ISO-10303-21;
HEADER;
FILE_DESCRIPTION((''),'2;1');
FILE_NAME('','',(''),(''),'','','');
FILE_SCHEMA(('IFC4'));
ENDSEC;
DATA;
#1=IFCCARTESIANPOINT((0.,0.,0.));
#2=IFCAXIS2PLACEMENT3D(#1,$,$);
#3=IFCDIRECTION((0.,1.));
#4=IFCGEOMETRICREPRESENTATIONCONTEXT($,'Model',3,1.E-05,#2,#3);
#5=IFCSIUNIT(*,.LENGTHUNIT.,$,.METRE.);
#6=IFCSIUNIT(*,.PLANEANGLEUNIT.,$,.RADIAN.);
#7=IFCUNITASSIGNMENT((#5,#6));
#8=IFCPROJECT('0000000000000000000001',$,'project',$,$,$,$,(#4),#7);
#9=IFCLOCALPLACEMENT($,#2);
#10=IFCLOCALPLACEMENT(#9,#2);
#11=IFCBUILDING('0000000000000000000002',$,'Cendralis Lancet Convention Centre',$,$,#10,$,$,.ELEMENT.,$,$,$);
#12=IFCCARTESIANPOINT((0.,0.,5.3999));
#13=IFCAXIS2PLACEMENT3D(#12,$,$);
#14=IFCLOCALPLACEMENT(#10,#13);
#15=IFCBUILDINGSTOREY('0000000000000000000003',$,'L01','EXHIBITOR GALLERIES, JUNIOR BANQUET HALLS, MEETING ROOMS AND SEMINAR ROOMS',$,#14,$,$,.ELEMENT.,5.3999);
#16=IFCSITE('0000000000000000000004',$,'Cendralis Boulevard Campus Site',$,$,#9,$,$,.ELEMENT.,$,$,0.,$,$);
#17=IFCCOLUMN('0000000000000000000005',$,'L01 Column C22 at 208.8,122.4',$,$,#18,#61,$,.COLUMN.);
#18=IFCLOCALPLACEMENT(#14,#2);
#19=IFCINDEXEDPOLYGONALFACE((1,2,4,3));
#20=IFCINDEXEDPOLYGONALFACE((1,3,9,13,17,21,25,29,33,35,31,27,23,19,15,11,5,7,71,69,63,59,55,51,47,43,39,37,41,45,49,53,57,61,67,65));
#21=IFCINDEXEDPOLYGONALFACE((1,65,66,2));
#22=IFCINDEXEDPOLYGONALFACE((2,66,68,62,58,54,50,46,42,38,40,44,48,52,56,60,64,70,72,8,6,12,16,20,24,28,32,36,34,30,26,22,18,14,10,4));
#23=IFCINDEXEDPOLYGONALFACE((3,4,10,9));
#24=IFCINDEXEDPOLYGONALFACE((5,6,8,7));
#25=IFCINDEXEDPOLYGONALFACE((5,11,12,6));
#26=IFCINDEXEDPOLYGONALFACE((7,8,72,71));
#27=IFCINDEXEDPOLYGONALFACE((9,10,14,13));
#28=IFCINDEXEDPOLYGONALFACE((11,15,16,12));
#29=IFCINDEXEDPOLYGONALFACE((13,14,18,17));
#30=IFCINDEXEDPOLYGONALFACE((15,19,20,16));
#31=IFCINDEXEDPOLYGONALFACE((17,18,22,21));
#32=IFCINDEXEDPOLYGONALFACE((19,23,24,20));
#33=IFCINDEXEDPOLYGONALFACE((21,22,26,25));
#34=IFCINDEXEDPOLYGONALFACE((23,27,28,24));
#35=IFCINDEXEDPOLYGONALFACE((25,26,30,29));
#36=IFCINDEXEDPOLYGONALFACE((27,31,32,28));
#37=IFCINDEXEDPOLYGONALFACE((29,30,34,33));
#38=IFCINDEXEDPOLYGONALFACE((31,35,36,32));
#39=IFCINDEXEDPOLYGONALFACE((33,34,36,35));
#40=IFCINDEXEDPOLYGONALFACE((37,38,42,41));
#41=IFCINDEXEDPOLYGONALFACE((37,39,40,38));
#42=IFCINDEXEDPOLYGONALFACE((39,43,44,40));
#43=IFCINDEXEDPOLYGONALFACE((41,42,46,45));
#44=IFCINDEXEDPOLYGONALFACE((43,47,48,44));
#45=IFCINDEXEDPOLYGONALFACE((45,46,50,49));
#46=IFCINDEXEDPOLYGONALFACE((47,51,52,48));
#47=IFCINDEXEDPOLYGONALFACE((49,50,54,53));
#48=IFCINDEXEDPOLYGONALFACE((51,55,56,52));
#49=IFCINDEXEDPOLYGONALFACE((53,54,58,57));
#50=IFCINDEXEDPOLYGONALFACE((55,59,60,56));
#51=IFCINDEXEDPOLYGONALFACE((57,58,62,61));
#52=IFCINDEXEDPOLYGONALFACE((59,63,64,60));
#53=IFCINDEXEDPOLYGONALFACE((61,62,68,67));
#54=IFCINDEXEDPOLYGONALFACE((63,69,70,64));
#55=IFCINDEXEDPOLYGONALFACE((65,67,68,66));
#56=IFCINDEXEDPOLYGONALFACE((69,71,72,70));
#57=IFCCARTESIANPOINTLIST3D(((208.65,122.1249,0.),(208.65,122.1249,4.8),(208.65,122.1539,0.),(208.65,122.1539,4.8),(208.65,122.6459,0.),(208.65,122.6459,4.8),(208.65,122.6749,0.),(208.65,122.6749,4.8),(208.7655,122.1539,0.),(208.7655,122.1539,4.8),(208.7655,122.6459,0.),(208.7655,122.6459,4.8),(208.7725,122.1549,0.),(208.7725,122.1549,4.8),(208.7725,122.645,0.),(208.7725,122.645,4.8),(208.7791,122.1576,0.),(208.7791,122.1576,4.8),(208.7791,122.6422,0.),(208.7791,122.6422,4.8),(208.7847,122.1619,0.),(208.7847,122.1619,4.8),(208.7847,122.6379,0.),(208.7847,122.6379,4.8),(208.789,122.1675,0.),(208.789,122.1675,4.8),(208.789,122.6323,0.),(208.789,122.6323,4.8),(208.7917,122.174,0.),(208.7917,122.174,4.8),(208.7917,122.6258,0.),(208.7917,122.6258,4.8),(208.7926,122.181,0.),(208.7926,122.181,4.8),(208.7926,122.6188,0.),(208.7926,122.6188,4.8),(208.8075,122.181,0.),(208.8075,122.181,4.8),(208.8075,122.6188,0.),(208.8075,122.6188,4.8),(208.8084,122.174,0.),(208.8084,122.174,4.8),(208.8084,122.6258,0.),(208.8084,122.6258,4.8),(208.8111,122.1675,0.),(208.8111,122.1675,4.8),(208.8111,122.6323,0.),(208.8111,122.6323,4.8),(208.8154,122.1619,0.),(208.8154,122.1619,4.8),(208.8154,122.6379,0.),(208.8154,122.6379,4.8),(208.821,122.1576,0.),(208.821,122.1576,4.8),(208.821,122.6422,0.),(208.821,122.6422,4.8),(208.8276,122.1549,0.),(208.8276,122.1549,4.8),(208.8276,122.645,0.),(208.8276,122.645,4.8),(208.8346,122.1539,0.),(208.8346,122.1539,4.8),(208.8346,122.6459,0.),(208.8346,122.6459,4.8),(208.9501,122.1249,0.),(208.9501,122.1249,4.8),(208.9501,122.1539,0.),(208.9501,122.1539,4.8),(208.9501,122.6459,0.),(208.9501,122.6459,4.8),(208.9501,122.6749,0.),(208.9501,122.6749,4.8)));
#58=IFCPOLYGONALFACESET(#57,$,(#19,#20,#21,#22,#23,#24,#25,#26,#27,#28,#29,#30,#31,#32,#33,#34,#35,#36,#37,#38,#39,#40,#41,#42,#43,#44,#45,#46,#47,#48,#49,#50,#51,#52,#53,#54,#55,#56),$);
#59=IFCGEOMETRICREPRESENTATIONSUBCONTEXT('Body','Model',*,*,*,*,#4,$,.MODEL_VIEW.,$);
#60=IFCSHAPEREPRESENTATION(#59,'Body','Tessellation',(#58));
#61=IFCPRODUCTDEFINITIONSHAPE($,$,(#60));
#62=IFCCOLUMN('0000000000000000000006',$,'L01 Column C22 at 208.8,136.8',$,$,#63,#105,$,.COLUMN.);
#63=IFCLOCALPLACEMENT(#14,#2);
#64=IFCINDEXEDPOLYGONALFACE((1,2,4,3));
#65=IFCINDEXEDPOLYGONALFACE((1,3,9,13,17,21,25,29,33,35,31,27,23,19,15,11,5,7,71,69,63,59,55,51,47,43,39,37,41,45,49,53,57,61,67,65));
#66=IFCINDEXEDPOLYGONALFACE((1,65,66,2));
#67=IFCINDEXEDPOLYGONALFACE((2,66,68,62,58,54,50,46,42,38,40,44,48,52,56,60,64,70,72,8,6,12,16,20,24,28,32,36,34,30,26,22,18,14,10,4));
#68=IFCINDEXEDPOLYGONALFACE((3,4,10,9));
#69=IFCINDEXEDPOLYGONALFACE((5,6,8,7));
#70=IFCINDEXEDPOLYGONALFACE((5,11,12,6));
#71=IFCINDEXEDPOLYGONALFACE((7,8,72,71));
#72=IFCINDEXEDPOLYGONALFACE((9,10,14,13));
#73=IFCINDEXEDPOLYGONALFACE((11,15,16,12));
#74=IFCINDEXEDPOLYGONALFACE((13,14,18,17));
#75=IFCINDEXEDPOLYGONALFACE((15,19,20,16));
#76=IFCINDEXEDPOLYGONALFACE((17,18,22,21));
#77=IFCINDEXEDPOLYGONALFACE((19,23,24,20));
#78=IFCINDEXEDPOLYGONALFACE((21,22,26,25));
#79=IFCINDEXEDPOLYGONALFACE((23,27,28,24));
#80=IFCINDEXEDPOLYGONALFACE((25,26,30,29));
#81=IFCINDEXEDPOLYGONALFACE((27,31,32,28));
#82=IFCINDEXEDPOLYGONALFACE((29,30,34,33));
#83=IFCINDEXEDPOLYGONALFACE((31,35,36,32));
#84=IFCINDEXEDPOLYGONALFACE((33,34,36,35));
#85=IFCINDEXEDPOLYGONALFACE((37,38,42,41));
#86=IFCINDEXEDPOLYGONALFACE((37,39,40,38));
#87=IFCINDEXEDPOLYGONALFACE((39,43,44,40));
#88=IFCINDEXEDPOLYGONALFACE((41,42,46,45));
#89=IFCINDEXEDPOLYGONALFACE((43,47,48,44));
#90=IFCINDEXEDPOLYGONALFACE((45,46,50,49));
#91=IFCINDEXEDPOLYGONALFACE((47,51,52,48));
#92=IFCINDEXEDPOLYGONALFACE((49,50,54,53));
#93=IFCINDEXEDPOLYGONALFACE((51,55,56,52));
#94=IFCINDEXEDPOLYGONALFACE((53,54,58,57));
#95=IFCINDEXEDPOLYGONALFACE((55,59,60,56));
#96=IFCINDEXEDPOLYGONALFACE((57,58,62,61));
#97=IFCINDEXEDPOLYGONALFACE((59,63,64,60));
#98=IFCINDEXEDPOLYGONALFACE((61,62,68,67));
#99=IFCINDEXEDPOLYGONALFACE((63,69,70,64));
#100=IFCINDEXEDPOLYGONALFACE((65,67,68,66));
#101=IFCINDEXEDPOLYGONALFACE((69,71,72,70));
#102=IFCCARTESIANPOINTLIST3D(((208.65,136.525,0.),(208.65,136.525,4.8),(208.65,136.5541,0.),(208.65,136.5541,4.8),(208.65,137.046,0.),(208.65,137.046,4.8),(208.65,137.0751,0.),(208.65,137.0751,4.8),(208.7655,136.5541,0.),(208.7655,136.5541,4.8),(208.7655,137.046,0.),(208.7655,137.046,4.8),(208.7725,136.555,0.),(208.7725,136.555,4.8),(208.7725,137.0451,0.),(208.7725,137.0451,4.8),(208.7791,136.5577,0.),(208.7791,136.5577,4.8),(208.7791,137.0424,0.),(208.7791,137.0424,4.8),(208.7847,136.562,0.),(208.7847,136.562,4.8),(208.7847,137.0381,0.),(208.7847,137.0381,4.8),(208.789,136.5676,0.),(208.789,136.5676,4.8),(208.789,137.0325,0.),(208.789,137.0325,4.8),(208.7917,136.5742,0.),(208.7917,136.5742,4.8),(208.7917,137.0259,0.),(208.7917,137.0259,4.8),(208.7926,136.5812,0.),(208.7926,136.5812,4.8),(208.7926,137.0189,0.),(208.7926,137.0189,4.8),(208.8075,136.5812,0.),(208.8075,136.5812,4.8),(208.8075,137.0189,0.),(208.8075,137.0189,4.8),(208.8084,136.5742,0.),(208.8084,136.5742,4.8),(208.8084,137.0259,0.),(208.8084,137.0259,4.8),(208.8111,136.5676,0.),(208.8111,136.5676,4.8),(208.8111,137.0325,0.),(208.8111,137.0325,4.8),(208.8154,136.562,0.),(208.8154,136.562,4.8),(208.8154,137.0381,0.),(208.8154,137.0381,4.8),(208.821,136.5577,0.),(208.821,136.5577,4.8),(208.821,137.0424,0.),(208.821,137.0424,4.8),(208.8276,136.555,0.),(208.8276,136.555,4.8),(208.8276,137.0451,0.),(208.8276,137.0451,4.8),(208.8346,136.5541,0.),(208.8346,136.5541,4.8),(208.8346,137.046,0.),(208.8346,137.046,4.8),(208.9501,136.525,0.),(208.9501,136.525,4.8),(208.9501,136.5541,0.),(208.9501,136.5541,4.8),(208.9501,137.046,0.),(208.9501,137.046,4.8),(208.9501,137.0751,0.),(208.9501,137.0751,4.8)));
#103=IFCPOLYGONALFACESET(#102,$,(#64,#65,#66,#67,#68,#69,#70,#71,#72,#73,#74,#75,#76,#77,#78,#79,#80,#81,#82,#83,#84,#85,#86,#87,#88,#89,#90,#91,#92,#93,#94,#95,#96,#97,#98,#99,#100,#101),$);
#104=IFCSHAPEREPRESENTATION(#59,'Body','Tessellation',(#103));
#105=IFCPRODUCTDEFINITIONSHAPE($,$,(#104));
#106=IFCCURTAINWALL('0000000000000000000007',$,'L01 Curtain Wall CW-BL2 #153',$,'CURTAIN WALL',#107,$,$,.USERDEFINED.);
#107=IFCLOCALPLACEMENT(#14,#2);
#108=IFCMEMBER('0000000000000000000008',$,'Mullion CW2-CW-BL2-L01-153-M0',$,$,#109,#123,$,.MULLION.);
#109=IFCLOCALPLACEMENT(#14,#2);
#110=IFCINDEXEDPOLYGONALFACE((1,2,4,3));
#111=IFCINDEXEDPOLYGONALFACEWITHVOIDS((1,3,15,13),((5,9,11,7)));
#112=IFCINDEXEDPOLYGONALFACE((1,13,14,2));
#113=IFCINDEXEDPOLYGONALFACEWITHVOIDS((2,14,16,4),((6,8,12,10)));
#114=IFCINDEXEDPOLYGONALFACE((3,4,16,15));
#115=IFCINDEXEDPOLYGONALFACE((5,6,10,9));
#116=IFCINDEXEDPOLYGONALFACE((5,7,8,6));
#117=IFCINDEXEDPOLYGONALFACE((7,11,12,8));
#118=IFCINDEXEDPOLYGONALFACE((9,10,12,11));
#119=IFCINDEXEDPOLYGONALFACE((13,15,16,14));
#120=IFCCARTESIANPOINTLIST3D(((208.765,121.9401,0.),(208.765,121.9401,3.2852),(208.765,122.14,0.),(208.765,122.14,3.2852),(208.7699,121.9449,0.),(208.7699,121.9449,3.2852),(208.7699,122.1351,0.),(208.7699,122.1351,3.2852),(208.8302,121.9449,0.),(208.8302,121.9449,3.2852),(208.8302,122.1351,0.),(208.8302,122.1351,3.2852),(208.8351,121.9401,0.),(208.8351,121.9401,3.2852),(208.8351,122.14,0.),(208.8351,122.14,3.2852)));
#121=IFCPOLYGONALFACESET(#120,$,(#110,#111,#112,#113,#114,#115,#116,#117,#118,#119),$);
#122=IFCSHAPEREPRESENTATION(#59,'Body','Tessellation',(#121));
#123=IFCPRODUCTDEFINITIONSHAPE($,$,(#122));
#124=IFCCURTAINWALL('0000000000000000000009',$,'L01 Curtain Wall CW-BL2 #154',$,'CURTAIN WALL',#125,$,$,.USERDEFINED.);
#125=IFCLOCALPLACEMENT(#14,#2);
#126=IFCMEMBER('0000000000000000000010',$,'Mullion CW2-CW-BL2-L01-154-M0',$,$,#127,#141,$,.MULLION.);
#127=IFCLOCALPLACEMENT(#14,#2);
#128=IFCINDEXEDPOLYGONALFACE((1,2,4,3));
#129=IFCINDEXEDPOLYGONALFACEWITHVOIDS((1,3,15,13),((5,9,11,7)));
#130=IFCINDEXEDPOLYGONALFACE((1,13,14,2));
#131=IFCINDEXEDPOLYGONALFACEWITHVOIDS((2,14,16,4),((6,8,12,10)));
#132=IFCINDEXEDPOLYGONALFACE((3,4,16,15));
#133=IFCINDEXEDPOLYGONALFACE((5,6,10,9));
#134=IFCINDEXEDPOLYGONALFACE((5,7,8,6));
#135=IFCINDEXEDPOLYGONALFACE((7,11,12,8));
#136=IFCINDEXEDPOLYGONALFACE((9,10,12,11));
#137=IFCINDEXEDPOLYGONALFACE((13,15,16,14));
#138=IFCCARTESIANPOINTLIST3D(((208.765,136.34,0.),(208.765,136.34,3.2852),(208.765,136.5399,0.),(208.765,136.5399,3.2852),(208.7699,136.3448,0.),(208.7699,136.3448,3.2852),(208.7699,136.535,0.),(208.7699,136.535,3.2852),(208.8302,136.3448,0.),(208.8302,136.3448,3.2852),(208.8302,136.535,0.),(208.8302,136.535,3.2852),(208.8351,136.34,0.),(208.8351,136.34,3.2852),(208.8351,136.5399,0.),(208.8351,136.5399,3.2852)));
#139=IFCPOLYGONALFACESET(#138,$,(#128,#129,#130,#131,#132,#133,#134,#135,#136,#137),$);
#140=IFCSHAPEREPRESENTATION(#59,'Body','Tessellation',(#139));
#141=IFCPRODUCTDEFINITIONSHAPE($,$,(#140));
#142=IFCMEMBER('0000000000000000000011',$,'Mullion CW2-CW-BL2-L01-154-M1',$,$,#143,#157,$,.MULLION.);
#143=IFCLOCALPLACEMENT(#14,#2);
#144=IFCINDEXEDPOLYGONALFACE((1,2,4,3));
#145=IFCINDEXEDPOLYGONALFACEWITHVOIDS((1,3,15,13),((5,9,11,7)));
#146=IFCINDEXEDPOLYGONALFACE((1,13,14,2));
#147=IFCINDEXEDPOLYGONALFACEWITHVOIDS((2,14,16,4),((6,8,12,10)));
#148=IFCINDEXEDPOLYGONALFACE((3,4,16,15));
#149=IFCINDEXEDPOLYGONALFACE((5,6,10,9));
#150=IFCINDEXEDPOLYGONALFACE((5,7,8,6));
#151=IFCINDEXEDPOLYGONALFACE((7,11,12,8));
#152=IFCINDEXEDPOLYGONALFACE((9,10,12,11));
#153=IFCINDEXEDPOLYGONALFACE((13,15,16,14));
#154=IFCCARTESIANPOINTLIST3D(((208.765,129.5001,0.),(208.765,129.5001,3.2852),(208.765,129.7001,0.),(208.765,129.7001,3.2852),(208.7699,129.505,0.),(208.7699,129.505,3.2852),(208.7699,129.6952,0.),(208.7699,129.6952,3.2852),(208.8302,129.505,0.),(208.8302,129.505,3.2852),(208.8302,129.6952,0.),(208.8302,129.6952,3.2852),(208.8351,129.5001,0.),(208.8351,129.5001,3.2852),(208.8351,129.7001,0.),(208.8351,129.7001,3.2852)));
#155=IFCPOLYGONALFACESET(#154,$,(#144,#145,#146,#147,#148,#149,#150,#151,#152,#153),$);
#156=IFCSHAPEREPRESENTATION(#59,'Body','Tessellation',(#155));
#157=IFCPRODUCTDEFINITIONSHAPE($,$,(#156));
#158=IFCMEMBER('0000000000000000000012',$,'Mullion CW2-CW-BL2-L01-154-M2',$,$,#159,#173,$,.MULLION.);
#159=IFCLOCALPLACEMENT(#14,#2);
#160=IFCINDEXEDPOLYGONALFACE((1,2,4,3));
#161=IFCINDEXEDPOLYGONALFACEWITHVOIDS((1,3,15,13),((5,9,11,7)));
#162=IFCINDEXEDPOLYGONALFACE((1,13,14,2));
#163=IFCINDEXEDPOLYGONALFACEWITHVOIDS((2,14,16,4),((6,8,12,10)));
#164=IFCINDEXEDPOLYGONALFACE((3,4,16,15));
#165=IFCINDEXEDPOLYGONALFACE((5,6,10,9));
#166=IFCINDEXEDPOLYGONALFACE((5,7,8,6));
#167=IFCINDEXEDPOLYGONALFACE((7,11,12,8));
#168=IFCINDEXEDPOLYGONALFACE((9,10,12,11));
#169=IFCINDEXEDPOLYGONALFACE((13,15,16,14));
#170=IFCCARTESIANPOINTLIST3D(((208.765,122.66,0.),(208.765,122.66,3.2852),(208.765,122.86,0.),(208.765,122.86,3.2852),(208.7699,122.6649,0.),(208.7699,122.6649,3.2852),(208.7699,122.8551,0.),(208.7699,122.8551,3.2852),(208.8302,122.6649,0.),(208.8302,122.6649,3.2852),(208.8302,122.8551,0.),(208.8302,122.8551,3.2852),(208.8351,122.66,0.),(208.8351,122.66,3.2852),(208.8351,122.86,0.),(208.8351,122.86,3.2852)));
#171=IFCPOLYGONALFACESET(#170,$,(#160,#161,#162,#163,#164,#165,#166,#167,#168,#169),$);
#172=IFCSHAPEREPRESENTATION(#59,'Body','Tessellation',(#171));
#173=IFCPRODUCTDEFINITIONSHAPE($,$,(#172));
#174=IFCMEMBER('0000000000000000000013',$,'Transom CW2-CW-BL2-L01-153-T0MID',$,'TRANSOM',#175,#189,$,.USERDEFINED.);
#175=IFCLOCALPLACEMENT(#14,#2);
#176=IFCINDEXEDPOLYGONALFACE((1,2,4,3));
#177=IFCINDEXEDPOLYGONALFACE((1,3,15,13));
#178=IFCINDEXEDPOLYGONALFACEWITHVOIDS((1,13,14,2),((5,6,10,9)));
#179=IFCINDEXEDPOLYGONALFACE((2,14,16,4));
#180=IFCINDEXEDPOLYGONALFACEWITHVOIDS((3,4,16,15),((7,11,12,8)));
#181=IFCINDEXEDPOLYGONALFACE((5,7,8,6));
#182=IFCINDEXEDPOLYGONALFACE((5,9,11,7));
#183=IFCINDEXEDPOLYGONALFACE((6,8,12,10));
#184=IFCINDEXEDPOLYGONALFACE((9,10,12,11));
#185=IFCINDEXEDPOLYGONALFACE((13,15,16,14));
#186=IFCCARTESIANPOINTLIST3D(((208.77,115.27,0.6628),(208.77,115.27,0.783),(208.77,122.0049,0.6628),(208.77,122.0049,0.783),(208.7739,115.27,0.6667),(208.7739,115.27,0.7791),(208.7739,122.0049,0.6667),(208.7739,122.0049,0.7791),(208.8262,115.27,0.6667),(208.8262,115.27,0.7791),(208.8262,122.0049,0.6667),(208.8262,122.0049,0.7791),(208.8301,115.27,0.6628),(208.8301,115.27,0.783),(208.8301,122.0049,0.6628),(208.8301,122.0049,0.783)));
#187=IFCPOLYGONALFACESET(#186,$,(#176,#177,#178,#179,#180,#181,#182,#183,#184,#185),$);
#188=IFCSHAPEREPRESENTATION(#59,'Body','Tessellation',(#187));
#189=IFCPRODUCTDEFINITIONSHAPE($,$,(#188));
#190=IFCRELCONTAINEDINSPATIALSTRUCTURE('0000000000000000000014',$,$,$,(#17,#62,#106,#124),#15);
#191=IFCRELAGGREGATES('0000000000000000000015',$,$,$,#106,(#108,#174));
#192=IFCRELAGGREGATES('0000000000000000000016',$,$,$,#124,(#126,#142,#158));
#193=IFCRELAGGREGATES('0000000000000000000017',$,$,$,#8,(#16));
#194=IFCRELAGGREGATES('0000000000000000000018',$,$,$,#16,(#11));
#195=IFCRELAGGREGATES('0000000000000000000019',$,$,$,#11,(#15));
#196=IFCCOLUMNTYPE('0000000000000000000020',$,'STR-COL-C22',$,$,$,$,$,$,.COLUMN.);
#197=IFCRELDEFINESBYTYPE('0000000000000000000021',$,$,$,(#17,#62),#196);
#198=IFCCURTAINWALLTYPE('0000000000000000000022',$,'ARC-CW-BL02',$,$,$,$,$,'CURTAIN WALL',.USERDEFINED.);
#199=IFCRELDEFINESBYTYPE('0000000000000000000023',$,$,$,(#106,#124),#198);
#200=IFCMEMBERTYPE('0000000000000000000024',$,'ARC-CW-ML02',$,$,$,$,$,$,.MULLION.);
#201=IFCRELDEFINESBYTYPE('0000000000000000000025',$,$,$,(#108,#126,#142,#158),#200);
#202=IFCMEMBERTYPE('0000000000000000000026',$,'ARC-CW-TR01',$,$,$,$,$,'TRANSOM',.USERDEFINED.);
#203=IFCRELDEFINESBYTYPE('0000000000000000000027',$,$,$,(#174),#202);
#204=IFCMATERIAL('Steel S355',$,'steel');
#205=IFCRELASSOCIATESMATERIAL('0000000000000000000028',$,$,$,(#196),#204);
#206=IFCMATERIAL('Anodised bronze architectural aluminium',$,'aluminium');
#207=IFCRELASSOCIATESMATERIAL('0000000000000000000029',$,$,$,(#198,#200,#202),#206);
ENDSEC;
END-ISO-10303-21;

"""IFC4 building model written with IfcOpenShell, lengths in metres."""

from ifc_helpers import new_model, si_unit, direction, frame, origin, origin_2d, place, context, subcontext, project, spatial, hollow_rectangle, i_section, extrude, material, material_profile, profile_set, type_object, element, aggregate, save


model = new_model("IFC4")

# Units and contexts
model_context = context("Model", 3, precision=1e-05, world=origin(), true_north=direction((0.0, 1.0)))
body_context = subcontext(model_context, "Body", "Model", "MODEL_VIEW")
ifc_project = project(units=[si_unit("LENGTHUNIT", "METRE"), si_unit("PLANEANGLEUNIT", "RADIAN")], contexts=[model_context])

# Site, building, storey
site_placement = place(None, origin())
site = spatial("IfcSite", under=ifc_project, at=site_placement, Name="Cendralis Boulevard Campus Site", CompositionType="ELEMENT", RefElevation=0.0)
building_placement = place(site_placement, origin())
building = spatial("IfcBuilding", under=site, at=building_placement, Name="Cendralis Lancet Convention Centre", CompositionType="ELEMENT")
storey_placement = place(building_placement, frame((0.0, 0.0, 5.3999)))
storey = spatial("IfcBuildingStorey", under=building, at=storey_placement, Name="L01", Description="EXHIBITOR GALLERIES, JUNIOR BANQUET HALLS, MEETING ROOMS AND SEMINAR ROOMS", CompositionType="ELEMENT", Elevation=5.3999)

# Columns
ifc_material_1 = material(Name="Steel S355", Category="steel")
ifc_material_profile_1 = material_profile(ifc_material_1, i_section(OverallWidth=0.3, OverallDepth=0.55, WebThickness=0.0149, FlangeThickness=0.0291, FilletRadius=0.0271, at=origin_2d()), Name="HEB 550")
ifc_profile_set_1 = profile_set([ifc_material_profile_1], Name="Steel S355")
column_type = type_object("IfcColumnType", Name="STR-COL-C22", PredefinedType="COLUMN", material=ifc_profile_set_1)
for number, where, z_axis, x_axis, name in (
    (1, (208.8, 122.3999, 0.0), (0.0, 0.0, 1.0), (1.0, 0.0, 0.0), "L01 Column C22 at 208.8,122.4"),
    (2, (208.8, 136.8, 0.0), (0.0, 0.0, 1.0), (1.0, 0.0, 0.0), "L01 Column C22 at 208.8,136.8"),
):
    element("IfcColumn", number, at=place(storey_placement, frame(where, z_axis=z_axis, x_axis=x_axis)), inside=storey, type_object=column_type, Name=name, PredefinedType="COLUMN", context=body_context, shape_type="SweptSolid", body=[
        extrude(i_section(OverallWidth=0.3, OverallDepth=0.55, WebThickness=0.0149, FlangeThickness=0.0291, FilletRadius=0.0271, at=origin_2d()), origin(), (0.0, 0.0, 1.0), 4.8),
    ])

# Curtain wall, member
ifc_material_2 = material(Name="Anodised bronze architectural aluminium", Category="aluminium")
curtain_wall_type = type_object("IfcCurtainWallType", Name="ARC-CW-BL02", ElementType="CURTAIN WALL", PredefinedType="USERDEFINED", material=ifc_material_2)
curtain_wall_1_placement = place(storey_placement, origin())
curtain_wall_1 = element("IfcCurtainWall", 3, at=curtain_wall_1_placement, inside=storey, type_object=curtain_wall_type, Name="L01 Curtain Wall CW-BL2 #153", ObjectType="CURTAIN WALL", PredefinedType="USERDEFINED")
ifc_material_profile_2 = material_profile(ifc_material_2, hollow_rectangle(XDim=0.0701, YDim=0.2, WallThickness=0.0049, at=origin_2d()), Name="AL-MULL 70x200x5.0")
ifc_profile_set_2 = profile_set([ifc_material_profile_2], Name="Anodised bronze architectural aluminium")
member_type_1 = type_object("IfcMemberType", Name="ARC-CW-ML02", PredefinedType="MULLION", material=ifc_profile_set_2)
member_1_placement = place(storey_placement, frame((208.8, 122.04, 0.0), z_axis=(0.0, 0.0, 1.0), x_axis=(1.0, 0.0, 0.0)))
member_1 = element("IfcMember", 4, at=member_1_placement, type_object=member_type_1, Name="Mullion CW2-CW-BL2-L01-153-M0", PredefinedType="MULLION", context=body_context, shape_type="SweptSolid", body=[
    extrude(hollow_rectangle(XDim=0.0701, YDim=0.2, WallThickness=0.0049, at=origin_2d()), origin(), (0.0, 0.0, 1.0), 3.2852),
])

# Curtain wall, members
curtain_wall_2_placement = place(storey_placement, origin())
curtain_wall_2 = element("IfcCurtainWall", 5, at=curtain_wall_2_placement, inside=storey, type_object=curtain_wall_type, Name="L01 Curtain Wall CW-BL2 #154", ObjectType="CURTAIN WALL", PredefinedType="USERDEFINED")
member_2_placement = place(storey_placement, frame((208.8, 136.4399, 0.0), z_axis=(0.0, 0.0, 1.0), x_axis=(1.0, 0.0, 0.0)))
member_2 = element("IfcMember", 6, at=member_2_placement, type_object=member_type_1, Name="Mullion CW2-CW-BL2-L01-154-M0", PredefinedType="MULLION", context=body_context, shape_type="SweptSolid", body=[
    extrude(hollow_rectangle(XDim=0.0701, YDim=0.2, WallThickness=0.0049, at=origin_2d()), origin(), (0.0, 0.0, 1.0), 3.2852),
])
member_3_placement = place(storey_placement, frame((208.8, 129.6001, 0.0), z_axis=(0.0, 0.0, 1.0), x_axis=(1.0, 0.0, 0.0)))
member_3 = element("IfcMember", 7, at=member_3_placement, type_object=member_type_1, Name="Mullion CW2-CW-BL2-L01-154-M1", PredefinedType="MULLION", context=body_context, shape_type="SweptSolid", body=[
    extrude(hollow_rectangle(XDim=0.0701, YDim=0.2, WallThickness=0.0049, at=origin_2d()), origin(), (0.0, 0.0, 1.0), 3.2852),
])
member_4_placement = place(storey_placement, frame((208.8, 122.76, 0.0), z_axis=(0.0, 0.0, 1.0), x_axis=(1.0, 0.0, 0.0)))
member_4 = element("IfcMember", 8, at=member_4_placement, type_object=member_type_1, Name="Mullion CW2-CW-BL2-L01-154-M2", PredefinedType="MULLION", context=body_context, shape_type="SweptSolid", body=[
    extrude(hollow_rectangle(XDim=0.0701, YDim=0.2, WallThickness=0.0049, at=origin_2d()), origin(), (0.0, 0.0, 1.0), 3.2852),
])

# Member
ifc_material_profile_3 = material_profile(ifc_material_2, hollow_rectangle(XDim=0.0601, YDim=0.1201, WallThickness=0.0039, at=origin_2d()), Name="AL-TRAN 60x120x4.0")
ifc_profile_set_3 = profile_set([ifc_material_profile_3], Name="Anodised bronze architectural aluminium")
member_type_2 = type_object("IfcMemberType", Name="ARC-CW-TR01", ElementType="TRANSOM", PredefinedType="USERDEFINED", material=ifc_profile_set_3)
member_5_placement = place(storey_placement, frame((208.8, 122.0049, 0.7229), z_axis=(0.0, -1.0, 0.0), x_axis=(1.0, 0.0, 0.0)))
member_5 = element("IfcMember", 9, at=member_5_placement, type_object=member_type_2, Name="Transom CW2-CW-BL2-L01-153-T0MID", ObjectType="TRANSOM", PredefinedType="USERDEFINED", context=body_context, shape_type="SweptSolid", body=[
    extrude(hollow_rectangle(XDim=0.0601, YDim=0.1201, WallThickness=0.0039, at=origin_2d()), origin(), (0.0, 0.0, 1.0), 6.7349),
])
aggregate(curtain_wall_1, [member_1, member_5])

aggregate(curtain_wall_2, [member_2, member_3, member_4])

save(model, "model.ifc")
